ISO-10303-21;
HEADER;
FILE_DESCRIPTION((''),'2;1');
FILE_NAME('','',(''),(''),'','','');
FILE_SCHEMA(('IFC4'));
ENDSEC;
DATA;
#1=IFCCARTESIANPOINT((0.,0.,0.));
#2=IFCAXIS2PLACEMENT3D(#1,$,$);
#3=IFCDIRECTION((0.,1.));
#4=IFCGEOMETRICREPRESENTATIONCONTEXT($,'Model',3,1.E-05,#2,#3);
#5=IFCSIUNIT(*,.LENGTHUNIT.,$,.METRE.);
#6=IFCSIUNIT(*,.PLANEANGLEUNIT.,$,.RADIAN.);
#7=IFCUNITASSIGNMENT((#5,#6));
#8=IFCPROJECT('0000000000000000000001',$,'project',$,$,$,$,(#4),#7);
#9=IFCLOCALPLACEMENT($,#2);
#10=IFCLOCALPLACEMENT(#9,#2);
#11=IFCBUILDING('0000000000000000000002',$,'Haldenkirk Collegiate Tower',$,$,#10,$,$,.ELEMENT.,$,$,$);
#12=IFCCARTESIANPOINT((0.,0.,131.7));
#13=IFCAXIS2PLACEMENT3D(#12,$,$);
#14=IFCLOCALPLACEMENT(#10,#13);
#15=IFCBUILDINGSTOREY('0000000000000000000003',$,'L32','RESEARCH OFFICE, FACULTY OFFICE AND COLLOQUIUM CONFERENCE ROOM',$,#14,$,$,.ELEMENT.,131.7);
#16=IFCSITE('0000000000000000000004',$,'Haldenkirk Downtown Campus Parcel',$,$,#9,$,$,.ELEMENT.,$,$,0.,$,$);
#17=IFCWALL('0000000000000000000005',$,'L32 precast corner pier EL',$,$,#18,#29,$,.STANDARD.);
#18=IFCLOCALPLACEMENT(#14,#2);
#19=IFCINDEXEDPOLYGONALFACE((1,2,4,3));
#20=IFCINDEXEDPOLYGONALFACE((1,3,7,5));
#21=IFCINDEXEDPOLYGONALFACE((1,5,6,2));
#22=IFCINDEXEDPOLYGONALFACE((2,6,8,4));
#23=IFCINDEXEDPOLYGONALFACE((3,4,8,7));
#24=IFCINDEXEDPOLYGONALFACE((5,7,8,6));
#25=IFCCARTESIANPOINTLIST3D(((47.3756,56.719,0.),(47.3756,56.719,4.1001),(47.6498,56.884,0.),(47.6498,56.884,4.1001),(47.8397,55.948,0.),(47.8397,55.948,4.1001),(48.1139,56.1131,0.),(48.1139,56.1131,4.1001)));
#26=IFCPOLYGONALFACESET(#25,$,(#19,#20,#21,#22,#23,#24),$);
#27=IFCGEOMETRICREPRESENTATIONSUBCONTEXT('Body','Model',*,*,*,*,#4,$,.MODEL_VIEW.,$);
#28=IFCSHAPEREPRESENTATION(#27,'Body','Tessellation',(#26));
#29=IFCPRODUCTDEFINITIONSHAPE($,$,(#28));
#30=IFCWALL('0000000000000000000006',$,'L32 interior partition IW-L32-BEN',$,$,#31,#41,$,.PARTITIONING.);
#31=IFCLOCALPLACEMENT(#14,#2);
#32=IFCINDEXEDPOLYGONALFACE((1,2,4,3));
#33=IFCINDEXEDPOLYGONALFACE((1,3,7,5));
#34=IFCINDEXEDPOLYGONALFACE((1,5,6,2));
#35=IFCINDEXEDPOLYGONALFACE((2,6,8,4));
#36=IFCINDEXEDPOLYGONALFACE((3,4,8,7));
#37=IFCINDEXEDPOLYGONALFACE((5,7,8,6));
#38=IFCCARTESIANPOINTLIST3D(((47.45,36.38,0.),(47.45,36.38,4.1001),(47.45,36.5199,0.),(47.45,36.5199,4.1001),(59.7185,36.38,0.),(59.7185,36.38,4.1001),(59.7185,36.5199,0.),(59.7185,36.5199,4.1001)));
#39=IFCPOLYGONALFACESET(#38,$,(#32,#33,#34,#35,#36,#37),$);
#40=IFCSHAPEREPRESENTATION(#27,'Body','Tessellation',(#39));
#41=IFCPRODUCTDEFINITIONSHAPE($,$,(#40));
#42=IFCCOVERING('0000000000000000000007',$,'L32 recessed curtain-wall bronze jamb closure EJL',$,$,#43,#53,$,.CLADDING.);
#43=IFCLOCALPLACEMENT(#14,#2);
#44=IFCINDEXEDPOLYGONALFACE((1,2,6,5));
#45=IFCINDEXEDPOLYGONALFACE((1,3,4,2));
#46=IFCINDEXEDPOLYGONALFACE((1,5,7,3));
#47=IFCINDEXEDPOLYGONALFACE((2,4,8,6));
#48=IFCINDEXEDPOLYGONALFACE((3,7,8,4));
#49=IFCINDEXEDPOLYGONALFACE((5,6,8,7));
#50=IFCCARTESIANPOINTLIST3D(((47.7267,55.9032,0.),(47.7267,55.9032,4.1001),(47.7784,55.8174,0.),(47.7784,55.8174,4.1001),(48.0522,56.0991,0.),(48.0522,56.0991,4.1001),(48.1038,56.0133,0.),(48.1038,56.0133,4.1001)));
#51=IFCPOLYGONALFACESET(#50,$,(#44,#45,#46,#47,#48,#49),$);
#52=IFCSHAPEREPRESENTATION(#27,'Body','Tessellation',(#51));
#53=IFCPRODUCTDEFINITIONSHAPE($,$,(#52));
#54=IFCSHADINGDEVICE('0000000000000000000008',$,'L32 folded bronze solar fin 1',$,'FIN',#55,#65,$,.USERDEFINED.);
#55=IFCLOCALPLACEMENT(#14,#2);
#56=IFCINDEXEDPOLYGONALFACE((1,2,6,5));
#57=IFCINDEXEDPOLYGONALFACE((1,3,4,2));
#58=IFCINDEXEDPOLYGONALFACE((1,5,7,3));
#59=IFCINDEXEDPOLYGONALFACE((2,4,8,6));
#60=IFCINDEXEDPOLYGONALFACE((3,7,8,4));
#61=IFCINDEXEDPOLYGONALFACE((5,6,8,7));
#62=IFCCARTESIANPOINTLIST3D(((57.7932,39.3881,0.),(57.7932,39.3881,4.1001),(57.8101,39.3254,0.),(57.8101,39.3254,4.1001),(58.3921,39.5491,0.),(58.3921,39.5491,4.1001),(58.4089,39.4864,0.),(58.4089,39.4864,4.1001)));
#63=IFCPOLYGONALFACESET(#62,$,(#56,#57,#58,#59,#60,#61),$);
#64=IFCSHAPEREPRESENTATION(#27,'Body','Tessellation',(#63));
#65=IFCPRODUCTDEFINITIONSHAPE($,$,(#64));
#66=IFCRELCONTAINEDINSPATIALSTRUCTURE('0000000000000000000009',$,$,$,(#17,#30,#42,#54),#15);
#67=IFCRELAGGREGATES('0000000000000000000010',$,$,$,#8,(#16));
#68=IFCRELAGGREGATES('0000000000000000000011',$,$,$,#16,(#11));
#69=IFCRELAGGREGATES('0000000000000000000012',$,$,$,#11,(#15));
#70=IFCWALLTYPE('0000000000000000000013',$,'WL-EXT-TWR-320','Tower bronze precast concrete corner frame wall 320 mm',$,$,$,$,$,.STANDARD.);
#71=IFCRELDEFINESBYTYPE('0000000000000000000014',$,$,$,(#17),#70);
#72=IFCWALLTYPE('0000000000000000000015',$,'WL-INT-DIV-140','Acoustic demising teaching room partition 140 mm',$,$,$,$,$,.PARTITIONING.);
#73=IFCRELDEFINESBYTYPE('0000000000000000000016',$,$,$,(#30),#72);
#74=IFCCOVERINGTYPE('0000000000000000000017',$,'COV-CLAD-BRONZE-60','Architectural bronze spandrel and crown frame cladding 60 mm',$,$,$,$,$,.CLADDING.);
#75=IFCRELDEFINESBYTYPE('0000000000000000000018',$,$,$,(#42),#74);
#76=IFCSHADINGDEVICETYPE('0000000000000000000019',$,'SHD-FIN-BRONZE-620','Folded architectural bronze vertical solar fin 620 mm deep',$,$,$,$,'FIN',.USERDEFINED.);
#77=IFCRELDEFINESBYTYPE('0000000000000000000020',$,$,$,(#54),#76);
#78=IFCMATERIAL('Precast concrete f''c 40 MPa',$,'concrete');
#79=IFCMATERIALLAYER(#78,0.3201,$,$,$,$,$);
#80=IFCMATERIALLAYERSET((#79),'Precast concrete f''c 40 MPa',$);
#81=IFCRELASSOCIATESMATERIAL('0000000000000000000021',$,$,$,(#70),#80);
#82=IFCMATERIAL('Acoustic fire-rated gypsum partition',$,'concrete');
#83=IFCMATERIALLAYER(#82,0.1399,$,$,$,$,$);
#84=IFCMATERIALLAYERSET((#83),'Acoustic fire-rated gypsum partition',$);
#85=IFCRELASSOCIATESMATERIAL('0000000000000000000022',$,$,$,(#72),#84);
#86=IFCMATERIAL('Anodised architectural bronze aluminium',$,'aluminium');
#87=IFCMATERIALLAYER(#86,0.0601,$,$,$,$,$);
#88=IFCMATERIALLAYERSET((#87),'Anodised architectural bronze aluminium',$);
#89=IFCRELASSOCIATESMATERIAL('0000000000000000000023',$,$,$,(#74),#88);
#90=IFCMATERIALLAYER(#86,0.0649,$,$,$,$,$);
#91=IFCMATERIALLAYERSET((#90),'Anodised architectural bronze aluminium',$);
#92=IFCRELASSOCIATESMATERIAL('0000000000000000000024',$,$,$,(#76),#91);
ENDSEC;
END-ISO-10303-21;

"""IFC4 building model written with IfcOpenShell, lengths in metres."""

from ifc_helpers import new_model, si_unit, direction, frame, frame_2d, origin, origin_2d, place, context, subcontext, project, spatial, rectangle, extrude, source, transform, mapped, material, layer, layer_set, type_object, element, save


model = new_model("IFC4")

# Units and contexts
model_context = context("Model", 3, precision=1e-05, world=origin(), true_north=direction((0.0, 1.0)))
body_context = subcontext(model_context, "Body", "Model", "MODEL_VIEW")
ifc_project = project(units=[si_unit("LENGTHUNIT", "METRE"), si_unit("PLANEANGLEUNIT", "RADIAN")], contexts=[model_context])

# Site, building, storey
site_placement = place(None, origin())
site = spatial("IfcSite", under=ifc_project, at=site_placement, Name="Haldenkirk Downtown Campus Parcel", CompositionType="ELEMENT", RefElevation=0.0)
building_placement = place(site_placement, origin())
building = spatial("IfcBuilding", under=site, at=building_placement, Name="Haldenkirk Collegiate Tower", CompositionType="ELEMENT")
storey_placement = place(building_placement, frame((0.0, 0.0, 131.7)))
storey = spatial("IfcBuildingStorey", under=building, at=storey_placement, Name="L32", Description="RESEARCH OFFICE, FACULTY OFFICE AND COLLOQUIUM CONFERENCE ROOM", CompositionType="ELEMENT", Elevation=131.7)

# Shared definitions
ifc_material_1 = material(Name="Anodised architectural bronze aluminium", Category="aluminium")

# Walls
ifc_material_2 = material(Name="Precast concrete f'c 40 MPa", Category="concrete")
ifc_layer_1 = layer(ifc_material_2, 0.3201)
ifc_layer_set_1 = layer_set([ifc_layer_1], Name="Precast concrete f'c 40 MPa")
wall_type_1 = type_object("IfcWallType", Name="WL-EXT-TWR-320", Description="Tower bronze precast concrete corner frame wall 320 mm", PredefinedType="STANDARD", material=ifc_layer_set_1)
wall_1_placement = place(storey_placement, frame((47.5127, 56.8015, 0.0), z_axis=(0.0, 0.0, 1.0), x_axis=(0.515732, -0.85675, 0.0)))
element("IfcWall", 1, at=wall_1_placement, inside=storey, type_object=wall_type_1, Name="L32 precast corner pier EL", PredefinedType="STANDARD", context=body_context, shape_type="SweptSolid", body=[
    extrude(rectangle(XDim=0.8999, YDim=0.3201, at=frame_2d((0.45, 0.0))), origin(), (0.0, 0.0, 1.0), 4.1001),
])
ifc_material_3 = material(Name="Acoustic fire-rated gypsum partition", Category="concrete")
ifc_layer_2 = layer(ifc_material_3, 0.1399)
ifc_layer_set_2 = layer_set([ifc_layer_2], Name="Acoustic fire-rated gypsum partition")
wall_type_2 = type_object("IfcWallType", Name="WL-INT-DIV-140", Description="Acoustic demising teaching room partition 140 mm", PredefinedType="PARTITIONING", material=ifc_layer_set_2)
wall_2_placement = place(storey_placement, frame((47.45, 36.45, 0.0), z_axis=(0.0, 0.0, 1.0), x_axis=(1.0, 0.0, 0.0)))
element("IfcWall", 2, at=wall_2_placement, inside=storey, type_object=wall_type_2, Name="L32 interior partition IW-L32-BEN", PredefinedType="PARTITIONING", context=body_context, shape_type="SweptSolid", body=[
    extrude(rectangle(XDim=12.2686, YDim=0.1399, at=frame_2d((6.1343, 0.0))), origin(), (0.0, 0.0, 1.0), 4.1001),
])

# Covering
ifc_layer_3 = layer(ifc_material_1, 0.0601)
ifc_layer_set_3 = layer_set([ifc_layer_3], Name="Anodised architectural bronze aluminium")
covering_type = type_object("IfcCoveringType", Name="COV-CLAD-BRONZE-60", Description="Architectural bronze spandrel and crown frame cladding 60 mm", PredefinedType="CLADDING", material=ifc_layer_set_3)
shared_shape_1 = source(origin(), body_context, "Body", "SweptSolid", [
    extrude(rectangle(XDim=0.1001, YDim=0.3799, at=origin_2d()), origin(), (0.0, 0.0, 1.0), 4.1001),
])
covering_placement = place(storey_placement, frame((47.9153, 55.9583, 0.0), z_axis=(0.0, 0.0, 1.0), x_axis=(0.515786, -0.856718, 0.0)))
element("IfcCovering", 3, at=covering_placement, inside=storey, type_object=covering_type, Name="L32 recessed curtain-wall bronze jamb closure EJL", PredefinedType="CLADDING", context=body_context, shape_type="MappedRepresentation", body=[
    mapped(shared_shape_1, transform((0.0, 0.0, 0.0), x_axis=(1.0, 0.0, 0.0), y_axis=(0.0, 1.0, 0.0), z_axis=(0.0, 0.0, 1.0), scale=1.0)),
])

# Shading device
ifc_layer_4 = layer(ifc_material_1, 0.0649)
ifc_layer_set_4 = layer_set([ifc_layer_4], Name="Anodised architectural bronze aluminium")
shading_device_type = type_object("IfcShadingDeviceType", Name="SHD-FIN-BRONZE-620", Description="Folded architectural bronze vertical solar fin 620 mm deep", ElementType="FIN", PredefinedType="USERDEFINED", material=ifc_layer_set_4)
shared_shape_2 = source(origin(), body_context, "Body", "SweptSolid", [
    extrude(rectangle(XDim=0.6201, YDim=0.0649, at=origin_2d()), origin(), (0.0, 0.0, 1.0), 4.1001),
])
shading_device_placement = place(storey_placement, frame((58.1011, 39.4373, 0.0), z_axis=(0.0, 0.0, 1.0), x_axis=(0.9657, 0.259662, 0.0)))
element("IfcShadingDevice", 4, at=shading_device_placement, inside=storey, type_object=shading_device_type, Name="L32 folded bronze solar fin 1", ObjectType="FIN", PredefinedType="USERDEFINED", context=body_context, shape_type="MappedRepresentation", body=[
    mapped(shared_shape_2, transform((0.0, 0.0, 0.0), x_axis=(1.0, 0.0, 0.0), y_axis=(0.0, 1.0, 0.0), z_axis=(0.0, 0.0, 1.0), scale=1.0)),
])

save(model, "model.ifc")
